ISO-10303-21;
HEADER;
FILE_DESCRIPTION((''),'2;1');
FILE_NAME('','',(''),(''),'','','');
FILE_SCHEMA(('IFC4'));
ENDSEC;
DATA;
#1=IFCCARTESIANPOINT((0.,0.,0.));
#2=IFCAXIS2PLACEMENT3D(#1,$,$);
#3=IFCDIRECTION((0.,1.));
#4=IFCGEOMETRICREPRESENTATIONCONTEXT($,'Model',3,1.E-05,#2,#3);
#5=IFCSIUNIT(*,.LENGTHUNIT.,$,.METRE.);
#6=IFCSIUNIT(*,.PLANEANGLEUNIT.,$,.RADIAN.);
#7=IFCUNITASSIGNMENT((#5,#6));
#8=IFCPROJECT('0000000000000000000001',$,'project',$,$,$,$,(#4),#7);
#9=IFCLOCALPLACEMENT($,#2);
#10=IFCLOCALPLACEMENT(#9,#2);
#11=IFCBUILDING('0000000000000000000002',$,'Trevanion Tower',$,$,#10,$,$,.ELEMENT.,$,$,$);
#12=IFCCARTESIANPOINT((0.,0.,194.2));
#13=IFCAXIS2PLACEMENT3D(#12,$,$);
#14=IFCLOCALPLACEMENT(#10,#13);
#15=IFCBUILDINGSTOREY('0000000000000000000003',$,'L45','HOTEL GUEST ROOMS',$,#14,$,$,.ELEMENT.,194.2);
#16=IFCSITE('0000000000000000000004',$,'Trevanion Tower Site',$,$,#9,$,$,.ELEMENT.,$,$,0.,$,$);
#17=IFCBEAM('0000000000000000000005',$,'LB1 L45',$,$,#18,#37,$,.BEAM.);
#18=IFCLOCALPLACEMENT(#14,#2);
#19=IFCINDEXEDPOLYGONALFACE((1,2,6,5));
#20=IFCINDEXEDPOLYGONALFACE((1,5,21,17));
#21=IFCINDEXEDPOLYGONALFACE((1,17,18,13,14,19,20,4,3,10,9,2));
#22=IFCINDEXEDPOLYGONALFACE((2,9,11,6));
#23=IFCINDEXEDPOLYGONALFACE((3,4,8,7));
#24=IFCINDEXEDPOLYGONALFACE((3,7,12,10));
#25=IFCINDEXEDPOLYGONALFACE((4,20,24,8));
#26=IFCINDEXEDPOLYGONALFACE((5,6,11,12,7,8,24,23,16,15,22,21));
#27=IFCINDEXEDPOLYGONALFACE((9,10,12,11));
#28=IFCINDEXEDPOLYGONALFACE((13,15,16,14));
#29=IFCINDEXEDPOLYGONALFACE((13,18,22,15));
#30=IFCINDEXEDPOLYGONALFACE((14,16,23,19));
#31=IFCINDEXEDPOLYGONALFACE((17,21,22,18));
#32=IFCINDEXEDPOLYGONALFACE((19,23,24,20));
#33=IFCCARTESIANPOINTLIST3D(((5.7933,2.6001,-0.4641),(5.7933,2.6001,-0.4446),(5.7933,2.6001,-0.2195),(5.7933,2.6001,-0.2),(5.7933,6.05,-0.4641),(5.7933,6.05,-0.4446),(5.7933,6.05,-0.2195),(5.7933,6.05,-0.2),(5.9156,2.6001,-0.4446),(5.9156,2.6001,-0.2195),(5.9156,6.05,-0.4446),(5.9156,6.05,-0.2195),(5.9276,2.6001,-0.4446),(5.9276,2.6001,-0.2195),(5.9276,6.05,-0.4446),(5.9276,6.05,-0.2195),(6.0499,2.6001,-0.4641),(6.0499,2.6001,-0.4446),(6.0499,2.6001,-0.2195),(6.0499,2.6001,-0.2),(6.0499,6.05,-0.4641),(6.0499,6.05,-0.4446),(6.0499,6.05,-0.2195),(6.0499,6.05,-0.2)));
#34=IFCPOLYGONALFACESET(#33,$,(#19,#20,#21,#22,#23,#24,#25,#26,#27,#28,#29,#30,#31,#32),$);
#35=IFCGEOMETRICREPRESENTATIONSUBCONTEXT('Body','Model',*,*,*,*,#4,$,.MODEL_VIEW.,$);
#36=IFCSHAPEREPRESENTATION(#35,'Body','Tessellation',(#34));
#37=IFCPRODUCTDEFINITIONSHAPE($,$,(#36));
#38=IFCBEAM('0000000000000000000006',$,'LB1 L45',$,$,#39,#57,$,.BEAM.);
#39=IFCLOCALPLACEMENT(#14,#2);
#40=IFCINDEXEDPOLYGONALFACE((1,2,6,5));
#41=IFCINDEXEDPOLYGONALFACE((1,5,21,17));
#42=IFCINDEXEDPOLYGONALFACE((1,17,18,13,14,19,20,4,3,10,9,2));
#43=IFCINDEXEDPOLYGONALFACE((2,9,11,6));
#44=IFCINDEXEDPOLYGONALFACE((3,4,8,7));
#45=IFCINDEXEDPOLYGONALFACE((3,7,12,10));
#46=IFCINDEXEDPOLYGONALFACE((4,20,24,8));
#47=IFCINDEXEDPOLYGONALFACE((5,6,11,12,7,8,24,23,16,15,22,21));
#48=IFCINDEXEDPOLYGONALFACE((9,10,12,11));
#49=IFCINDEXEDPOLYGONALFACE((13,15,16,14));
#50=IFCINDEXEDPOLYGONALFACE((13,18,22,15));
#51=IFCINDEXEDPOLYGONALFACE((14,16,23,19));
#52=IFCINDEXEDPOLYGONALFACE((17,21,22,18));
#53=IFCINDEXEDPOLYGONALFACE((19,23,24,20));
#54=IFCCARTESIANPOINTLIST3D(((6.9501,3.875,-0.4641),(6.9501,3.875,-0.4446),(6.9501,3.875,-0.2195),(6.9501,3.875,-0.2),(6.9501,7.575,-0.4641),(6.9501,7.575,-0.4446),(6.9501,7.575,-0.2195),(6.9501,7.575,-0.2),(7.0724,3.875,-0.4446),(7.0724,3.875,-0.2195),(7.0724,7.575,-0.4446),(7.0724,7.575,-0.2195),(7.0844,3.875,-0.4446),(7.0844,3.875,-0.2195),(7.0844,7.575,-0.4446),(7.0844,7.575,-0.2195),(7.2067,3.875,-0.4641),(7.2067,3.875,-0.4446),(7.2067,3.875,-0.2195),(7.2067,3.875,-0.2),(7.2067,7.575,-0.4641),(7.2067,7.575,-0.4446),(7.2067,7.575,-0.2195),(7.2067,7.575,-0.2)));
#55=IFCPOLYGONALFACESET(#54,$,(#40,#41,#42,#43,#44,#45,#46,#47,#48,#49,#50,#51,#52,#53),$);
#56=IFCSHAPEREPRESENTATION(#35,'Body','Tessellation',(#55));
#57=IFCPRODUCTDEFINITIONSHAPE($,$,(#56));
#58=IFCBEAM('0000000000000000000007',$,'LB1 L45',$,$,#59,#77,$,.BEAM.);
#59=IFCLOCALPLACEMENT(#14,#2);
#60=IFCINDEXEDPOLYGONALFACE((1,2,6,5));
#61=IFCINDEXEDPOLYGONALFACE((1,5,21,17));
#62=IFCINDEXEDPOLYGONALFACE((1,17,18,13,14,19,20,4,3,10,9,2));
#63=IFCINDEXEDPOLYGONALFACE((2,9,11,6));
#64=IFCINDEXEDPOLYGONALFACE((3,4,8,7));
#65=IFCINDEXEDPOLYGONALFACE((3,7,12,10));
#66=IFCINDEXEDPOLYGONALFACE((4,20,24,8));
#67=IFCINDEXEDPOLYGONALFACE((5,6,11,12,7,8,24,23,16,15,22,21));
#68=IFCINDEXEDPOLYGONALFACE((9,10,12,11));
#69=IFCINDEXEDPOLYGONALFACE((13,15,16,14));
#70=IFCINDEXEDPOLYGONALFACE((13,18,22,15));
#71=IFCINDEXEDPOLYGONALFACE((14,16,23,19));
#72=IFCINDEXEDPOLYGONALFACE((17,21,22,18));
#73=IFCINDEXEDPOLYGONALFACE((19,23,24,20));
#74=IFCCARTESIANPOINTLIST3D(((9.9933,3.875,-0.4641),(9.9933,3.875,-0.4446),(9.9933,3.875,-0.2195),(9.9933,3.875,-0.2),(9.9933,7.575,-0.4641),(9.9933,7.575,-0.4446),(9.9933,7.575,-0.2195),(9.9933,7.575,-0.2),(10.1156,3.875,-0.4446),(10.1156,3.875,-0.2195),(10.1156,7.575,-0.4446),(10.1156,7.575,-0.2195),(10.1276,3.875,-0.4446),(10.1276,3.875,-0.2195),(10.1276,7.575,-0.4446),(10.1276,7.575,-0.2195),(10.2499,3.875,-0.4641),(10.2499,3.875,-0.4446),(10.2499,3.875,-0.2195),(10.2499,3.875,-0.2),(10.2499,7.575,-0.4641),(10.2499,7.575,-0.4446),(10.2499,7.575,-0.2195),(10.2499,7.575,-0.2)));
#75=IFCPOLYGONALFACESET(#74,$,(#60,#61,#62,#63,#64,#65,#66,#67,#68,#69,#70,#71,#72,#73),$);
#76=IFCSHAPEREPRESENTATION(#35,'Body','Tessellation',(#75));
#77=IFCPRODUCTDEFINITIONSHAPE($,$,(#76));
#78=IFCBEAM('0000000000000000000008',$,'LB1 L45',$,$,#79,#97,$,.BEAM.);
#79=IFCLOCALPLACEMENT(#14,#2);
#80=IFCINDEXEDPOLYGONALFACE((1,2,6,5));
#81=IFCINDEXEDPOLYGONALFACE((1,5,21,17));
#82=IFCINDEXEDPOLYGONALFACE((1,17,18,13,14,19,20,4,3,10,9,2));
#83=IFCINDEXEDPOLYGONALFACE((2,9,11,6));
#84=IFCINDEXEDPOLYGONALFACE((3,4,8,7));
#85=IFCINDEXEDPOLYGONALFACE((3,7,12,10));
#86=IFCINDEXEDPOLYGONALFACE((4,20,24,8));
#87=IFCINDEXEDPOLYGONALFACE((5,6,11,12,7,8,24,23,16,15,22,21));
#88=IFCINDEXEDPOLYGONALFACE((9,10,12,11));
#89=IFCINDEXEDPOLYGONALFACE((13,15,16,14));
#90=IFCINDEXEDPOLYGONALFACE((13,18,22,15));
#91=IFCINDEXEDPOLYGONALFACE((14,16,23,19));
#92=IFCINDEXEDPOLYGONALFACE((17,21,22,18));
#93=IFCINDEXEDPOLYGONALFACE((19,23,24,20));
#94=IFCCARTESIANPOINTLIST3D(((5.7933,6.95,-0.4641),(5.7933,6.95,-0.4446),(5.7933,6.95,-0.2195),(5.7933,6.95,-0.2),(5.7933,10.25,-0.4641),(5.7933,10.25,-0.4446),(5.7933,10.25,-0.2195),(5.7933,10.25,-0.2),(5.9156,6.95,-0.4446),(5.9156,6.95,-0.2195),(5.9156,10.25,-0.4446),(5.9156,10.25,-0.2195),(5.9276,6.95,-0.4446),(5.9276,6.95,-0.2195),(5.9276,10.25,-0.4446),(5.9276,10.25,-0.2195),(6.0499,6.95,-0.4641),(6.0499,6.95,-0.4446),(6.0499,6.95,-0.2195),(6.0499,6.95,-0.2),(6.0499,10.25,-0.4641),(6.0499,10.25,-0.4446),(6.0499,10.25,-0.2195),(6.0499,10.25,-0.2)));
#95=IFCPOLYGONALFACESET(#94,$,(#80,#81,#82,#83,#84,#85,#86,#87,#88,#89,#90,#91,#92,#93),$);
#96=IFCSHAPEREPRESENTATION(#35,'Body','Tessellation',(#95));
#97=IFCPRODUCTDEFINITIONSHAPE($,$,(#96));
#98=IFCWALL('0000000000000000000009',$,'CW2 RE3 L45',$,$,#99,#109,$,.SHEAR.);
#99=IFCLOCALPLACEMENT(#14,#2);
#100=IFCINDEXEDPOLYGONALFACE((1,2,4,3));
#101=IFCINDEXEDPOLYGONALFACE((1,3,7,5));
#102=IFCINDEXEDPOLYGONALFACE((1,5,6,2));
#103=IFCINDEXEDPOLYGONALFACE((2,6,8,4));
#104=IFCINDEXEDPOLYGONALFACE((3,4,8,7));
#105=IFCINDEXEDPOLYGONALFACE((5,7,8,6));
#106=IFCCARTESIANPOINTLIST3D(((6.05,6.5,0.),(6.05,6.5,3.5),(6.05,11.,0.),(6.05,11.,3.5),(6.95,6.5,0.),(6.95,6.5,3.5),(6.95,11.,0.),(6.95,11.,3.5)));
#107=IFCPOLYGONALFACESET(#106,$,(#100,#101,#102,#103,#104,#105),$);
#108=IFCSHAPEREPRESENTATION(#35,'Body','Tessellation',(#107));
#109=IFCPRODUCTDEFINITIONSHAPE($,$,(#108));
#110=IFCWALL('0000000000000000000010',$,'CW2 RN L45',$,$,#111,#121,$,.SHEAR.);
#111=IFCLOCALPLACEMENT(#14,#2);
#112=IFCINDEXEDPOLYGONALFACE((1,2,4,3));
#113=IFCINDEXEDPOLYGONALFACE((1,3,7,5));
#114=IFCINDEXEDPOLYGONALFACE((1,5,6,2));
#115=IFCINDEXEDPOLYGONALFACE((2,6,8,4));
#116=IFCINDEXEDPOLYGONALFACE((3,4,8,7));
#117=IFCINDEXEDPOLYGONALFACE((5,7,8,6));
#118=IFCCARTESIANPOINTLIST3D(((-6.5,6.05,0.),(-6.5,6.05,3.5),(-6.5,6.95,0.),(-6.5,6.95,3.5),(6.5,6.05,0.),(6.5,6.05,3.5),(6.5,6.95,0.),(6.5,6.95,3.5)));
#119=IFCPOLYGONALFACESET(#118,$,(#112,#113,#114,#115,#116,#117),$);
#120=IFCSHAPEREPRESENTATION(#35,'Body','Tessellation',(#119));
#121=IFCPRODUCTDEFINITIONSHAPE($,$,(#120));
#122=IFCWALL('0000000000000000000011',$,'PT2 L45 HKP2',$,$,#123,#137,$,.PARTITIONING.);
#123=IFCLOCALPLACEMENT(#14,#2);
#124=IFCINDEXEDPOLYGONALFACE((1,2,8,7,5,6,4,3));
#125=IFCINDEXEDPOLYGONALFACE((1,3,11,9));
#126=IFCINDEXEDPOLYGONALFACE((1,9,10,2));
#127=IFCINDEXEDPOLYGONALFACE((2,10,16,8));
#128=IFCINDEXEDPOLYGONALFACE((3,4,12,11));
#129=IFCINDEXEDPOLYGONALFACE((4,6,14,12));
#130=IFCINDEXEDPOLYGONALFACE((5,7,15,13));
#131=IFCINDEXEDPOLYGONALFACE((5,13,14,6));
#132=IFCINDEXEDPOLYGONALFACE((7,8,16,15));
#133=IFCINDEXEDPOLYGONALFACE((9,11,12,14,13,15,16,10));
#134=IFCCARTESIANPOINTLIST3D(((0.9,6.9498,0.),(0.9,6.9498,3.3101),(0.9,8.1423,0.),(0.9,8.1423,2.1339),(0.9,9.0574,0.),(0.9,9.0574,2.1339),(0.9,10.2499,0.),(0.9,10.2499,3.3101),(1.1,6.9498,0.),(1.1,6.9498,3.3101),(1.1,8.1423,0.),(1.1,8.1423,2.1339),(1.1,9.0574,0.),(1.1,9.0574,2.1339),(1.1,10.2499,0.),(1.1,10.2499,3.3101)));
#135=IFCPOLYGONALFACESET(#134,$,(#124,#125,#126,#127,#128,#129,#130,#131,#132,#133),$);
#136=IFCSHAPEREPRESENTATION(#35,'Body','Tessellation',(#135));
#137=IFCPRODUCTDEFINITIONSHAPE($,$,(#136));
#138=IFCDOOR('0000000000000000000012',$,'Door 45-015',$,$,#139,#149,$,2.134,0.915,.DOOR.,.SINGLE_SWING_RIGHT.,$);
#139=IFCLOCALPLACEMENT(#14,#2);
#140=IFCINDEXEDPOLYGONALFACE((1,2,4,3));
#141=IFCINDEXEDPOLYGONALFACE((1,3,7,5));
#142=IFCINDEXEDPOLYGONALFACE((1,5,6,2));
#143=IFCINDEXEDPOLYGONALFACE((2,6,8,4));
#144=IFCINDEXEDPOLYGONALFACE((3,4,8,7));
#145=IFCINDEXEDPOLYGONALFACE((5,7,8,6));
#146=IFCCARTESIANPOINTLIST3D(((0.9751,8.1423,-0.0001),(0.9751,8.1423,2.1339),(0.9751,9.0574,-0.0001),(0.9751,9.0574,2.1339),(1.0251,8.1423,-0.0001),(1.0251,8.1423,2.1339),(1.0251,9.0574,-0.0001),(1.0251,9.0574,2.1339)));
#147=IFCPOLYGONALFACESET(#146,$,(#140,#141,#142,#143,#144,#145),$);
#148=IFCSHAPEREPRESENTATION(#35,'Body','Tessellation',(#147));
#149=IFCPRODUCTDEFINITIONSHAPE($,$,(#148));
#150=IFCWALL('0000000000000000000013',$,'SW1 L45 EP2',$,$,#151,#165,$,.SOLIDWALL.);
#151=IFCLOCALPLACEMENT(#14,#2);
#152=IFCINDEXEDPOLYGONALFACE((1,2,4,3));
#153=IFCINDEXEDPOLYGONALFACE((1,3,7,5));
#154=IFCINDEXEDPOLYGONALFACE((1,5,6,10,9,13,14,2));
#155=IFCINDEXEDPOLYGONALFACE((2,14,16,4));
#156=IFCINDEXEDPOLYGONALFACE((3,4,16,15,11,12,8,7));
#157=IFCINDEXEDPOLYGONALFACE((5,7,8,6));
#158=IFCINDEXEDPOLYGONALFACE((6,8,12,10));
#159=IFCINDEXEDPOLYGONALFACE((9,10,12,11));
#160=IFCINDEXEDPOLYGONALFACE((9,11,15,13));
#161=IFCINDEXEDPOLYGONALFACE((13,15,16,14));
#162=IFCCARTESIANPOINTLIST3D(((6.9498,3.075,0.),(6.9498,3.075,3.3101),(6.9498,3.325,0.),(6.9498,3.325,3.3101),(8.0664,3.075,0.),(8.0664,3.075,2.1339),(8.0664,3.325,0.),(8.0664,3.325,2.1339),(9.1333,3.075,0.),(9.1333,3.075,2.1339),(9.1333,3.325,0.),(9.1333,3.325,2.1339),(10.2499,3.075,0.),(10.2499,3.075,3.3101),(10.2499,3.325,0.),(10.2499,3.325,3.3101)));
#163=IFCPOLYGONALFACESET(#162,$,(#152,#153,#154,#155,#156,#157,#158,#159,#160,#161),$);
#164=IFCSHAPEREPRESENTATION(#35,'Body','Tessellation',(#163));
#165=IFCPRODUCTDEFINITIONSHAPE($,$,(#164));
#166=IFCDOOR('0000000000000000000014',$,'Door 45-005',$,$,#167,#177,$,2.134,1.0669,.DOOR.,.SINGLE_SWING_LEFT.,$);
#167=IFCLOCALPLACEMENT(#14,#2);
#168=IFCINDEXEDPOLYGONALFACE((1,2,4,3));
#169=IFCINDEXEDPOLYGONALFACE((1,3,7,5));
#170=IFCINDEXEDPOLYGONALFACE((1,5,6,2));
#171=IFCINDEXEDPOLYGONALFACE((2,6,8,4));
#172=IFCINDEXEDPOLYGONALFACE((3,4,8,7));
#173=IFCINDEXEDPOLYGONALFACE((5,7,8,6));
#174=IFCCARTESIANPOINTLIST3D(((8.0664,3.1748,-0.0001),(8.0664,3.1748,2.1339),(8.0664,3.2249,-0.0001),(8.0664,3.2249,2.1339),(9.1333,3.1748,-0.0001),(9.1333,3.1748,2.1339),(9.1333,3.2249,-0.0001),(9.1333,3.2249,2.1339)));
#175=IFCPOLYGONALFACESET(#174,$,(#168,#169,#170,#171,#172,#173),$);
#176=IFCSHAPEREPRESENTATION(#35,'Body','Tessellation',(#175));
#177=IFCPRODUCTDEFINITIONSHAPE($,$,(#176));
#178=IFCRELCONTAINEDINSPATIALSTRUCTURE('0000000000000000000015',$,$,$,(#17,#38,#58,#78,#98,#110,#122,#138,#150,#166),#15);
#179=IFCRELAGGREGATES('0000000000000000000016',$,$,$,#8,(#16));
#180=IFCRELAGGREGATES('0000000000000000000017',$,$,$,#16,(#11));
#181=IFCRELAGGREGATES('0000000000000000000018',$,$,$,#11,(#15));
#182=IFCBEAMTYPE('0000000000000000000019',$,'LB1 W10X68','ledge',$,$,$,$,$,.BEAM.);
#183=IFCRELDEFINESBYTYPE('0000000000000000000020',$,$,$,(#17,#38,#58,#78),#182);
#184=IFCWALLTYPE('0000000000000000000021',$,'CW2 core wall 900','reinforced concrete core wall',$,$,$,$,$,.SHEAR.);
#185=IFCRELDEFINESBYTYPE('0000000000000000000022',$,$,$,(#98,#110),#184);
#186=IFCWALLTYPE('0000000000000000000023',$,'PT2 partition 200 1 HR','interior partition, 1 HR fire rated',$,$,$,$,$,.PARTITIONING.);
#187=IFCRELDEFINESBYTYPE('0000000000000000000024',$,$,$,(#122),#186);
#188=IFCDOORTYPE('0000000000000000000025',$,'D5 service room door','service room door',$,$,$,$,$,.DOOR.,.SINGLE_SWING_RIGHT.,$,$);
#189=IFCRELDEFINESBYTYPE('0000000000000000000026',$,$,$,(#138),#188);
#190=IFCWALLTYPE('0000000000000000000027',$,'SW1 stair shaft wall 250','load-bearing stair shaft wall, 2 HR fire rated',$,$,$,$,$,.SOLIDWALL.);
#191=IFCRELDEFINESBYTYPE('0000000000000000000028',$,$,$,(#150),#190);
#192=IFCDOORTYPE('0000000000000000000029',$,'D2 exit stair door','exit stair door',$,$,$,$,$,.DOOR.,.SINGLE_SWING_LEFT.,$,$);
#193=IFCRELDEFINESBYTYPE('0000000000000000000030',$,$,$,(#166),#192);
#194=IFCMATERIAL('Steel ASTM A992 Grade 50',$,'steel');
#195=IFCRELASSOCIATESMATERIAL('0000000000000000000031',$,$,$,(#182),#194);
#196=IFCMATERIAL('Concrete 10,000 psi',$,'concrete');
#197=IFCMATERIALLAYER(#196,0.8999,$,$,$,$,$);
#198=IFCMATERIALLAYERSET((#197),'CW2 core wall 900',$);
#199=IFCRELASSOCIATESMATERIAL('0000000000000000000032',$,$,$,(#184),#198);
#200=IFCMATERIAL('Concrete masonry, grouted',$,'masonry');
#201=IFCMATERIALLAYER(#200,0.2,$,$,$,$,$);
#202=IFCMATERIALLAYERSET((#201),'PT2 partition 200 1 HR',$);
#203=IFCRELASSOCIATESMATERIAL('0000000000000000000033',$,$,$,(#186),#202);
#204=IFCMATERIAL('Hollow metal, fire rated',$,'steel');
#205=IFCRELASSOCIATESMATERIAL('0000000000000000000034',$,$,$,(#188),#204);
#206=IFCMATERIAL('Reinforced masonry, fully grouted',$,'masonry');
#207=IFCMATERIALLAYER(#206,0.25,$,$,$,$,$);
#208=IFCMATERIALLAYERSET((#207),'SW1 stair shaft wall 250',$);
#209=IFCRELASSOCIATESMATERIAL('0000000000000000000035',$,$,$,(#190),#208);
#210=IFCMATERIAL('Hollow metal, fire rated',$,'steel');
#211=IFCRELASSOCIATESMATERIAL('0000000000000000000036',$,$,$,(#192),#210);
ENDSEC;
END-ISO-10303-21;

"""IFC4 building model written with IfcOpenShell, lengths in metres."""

from ifc_helpers import new_model, si_unit, direction, frame, frame_2d, origin, origin_2d, place, context, subcontext, project, spatial, rectangle, i_section, extrude, material, layer, layer_set, material_profile, profile_set, type_object, element, fill, save


model = new_model("IFC4")

# Units and contexts
model_context = context("Model", 3, precision=1e-05, world=origin(), true_north=direction((0.0, 1.0)))
body_context = subcontext(model_context, "Body", "Model", "MODEL_VIEW")
ifc_project = project(units=[si_unit("LENGTHUNIT", "METRE"), si_unit("PLANEANGLEUNIT", "RADIAN")], contexts=[model_context])

# Site, building, storey
site_placement = place(None, origin())
site = spatial("IfcSite", under=ifc_project, at=site_placement, Name="Trevanion Tower Site", CompositionType="ELEMENT", RefElevation=0.0)
building_placement = place(site_placement, origin())
building = spatial("IfcBuilding", under=site, at=building_placement, Name="Trevanion Tower", CompositionType="ELEMENT")
storey_placement = place(building_placement, frame((0.0, 0.0, 194.2)))
storey = spatial("IfcBuildingStorey", under=building, at=storey_placement, Name="L45", Description="HOTEL GUEST ROOMS", CompositionType="ELEMENT", Elevation=194.2)

# Beams
ifc_material_1 = material(Name="Steel ASTM A992 Grade 50", Category="steel")
ifc_material_profile = material_profile(ifc_material_1, i_section(OverallWidth=0.2566, OverallDepth=0.2642, WebThickness=0.012, FlangeThickness=0.0195, at=origin_2d()), Name="W10X68")
ifc_profile_set = profile_set([ifc_material_profile], Name="Steel ASTM A992 Grade 50")
beam_type = type_object("IfcBeamType", Name="LB1 W10X68", Description="ledge", PredefinedType="BEAM", material=ifc_profile_set)
beam_1_placement = place(storey_placement, frame((5.9216, 2.6001, -0.332), z_axis=(0.0, 1.0, 0.0), x_axis=(-1.0, 0.0, 0.0)))
element("IfcBeam", 1, at=beam_1_placement, inside=storey, type_object=beam_type, Name="LB1 L45", PredefinedType="BEAM", context=body_context, shape_type="SweptSolid", body=[
    extrude(i_section(OverallWidth=0.2566, OverallDepth=0.2642, WebThickness=0.012, FlangeThickness=0.0195, at=origin_2d()), origin(), (0.0, 0.0, 1.0), 3.45),
])
for number, where, z_axis, x_axis, name in (
    (2, (7.0784, 3.875, -0.332), (0.0, 1.0, 0.0), (-1.0, 0.0, 0.0), "LB1 L45"),
    (3, (10.1216, 3.875, -0.332), (0.0, 1.0, 0.0), (-1.0, 0.0, 0.0), "LB1 L45"),
):
    element("IfcBeam", number, at=place(storey_placement, frame(where, z_axis=z_axis, x_axis=x_axis)), inside=storey, type_object=beam_type, Name=name, PredefinedType="BEAM", context=body_context, shape_type="SweptSolid", body=[
        extrude(i_section(OverallWidth=0.2566, OverallDepth=0.2642, WebThickness=0.012, FlangeThickness=0.0195, at=origin_2d()), origin(), (0.0, 0.0, 1.0), 3.7),
    ])
beam_2_placement = place(storey_placement, frame((5.9216, 6.95, -0.332), z_axis=(0.0, 1.0, 0.0), x_axis=(-1.0, 0.0, 0.0)))
element("IfcBeam", 4, at=beam_2_placement, inside=storey, type_object=beam_type, Name="LB1 L45", PredefinedType="BEAM", context=body_context, shape_type="SweptSolid", body=[
    extrude(i_section(OverallWidth=0.2566, OverallDepth=0.2642, WebThickness=0.012, FlangeThickness=0.0195, at=origin_2d()), origin(), (0.0, 0.0, 1.0), 3.3),
])

# Walls
ifc_material_2 = material(Name="Concrete 10,000 psi", Category="concrete")
ifc_layer_1 = layer(ifc_material_2, 0.8999)
ifc_layer_set_1 = layer_set([ifc_layer_1], Name="CW2 core wall 900")
wall_type_1 = type_object("IfcWallType", Name="CW2 core wall 900", Description="reinforced concrete core wall", PredefinedType="SHEAR", material=ifc_layer_set_1)
wall_1_placement = place(storey_placement, frame((6.5, 6.5, 0.0), z_axis=(0.0, 0.0, 1.0), x_axis=(0.0, 1.0, 0.0)))
element("IfcWall", 5, at=wall_1_placement, inside=storey, type_object=wall_type_1, Name="CW2 RE3 L45", PredefinedType="SHEAR", context=body_context, shape_type="SweptSolid", body=[
    extrude(rectangle(XDim=4.5, YDim=0.8999, at=frame_2d((2.25, 0.0))), origin(), (0.0, 0.0, 1.0), 3.5),
])
wall_2_placement = place(storey_placement, frame((6.5, 6.5, 0.0), z_axis=(0.0, 0.0, 1.0), x_axis=(-1.0, 0.0, 0.0)))
element("IfcWall", 6, at=wall_2_placement, inside=storey, type_object=wall_type_1, Name="CW2 RN L45", PredefinedType="SHEAR", context=body_context, shape_type="SweptSolid", body=[
    extrude(rectangle(XDim=13.0, YDim=0.8999, at=frame_2d((6.5, 0.0))), origin(), (0.0, 0.0, 1.0), 3.5),
])

# Walls, openings, doors
ifc_material_3 = material(Name="Concrete masonry, grouted", Category="masonry")
ifc_layer_2 = layer(ifc_material_3, 0.2)
ifc_layer_set_2 = layer_set([ifc_layer_2], Name="PT2 partition 200 1 HR")
wall_type_2 = type_object("IfcWallType", Name="PT2 partition 200 1 HR", Description="interior partition, 1 HR fire rated", PredefinedType="PARTITIONING", material=ifc_layer_set_2)
wall_3_placement = place(storey_placement, frame((1.0, 6.95, 0.0), z_axis=(0.0, 0.0, 1.0), x_axis=(0.0, 1.0, 0.0)))
wall_3 = element("IfcWall", 7, at=wall_3_placement, inside=storey, type_object=wall_type_2, Name="PT2 L45 HKP2", PredefinedType="PARTITIONING", context=body_context, shape_type="SweptSolid", body=[
    extrude(rectangle(XDim=3.3, YDim=0.2, at=frame_2d((1.6499, 0.0))), origin(), (0.0, 0.0, 1.0), 3.3101),
])
opening_1_placement = place(wall_3_placement, frame((1.1924, 0.0, 0.0)))
opening_1 = element("IfcOpeningElement", 8, at=opening_1_placement, cuts=wall_3, PredefinedType="OPENING", context=body_context, shape_type="SweptSolid", body=[
    extrude(rectangle(XDim=0.915, YDim=2.134, at=frame_2d((0.4575, 1.0669))), frame((0.0, 0.1099, 0.0), z_axis=(0.0, -1.0, 0.0), x_axis=(1.0, 0.0, 0.0)), (0.0, 0.0, 1.0), 0.22),
])
ifc_material_4 = material(Name="Hollow metal, fire rated", Category="steel")
door_type_1 = type_object("IfcDoorType", Name="D5 service room door", Description="service room door", OperationType="SINGLE_SWING_RIGHT", PredefinedType="DOOR", material=ifc_material_4)
door_1_placement = place(opening_1_placement, origin())
door_1 = element("IfcDoor", 9, at=door_1_placement, inside=storey, type_object=door_type_1, Name="Door 45-015", OperationType="SINGLE_SWING_RIGHT", OverallHeight=2.134, OverallWidth=0.915, PredefinedType="DOOR", context=body_context, shape_type="SweptSolid", body=[
    extrude(rectangle(XDim=0.915, YDim=2.134, at=frame_2d((0.4575, 1.0669))), frame((0.0, 0.0249, 0.0), z_axis=(0.0, -1.0, 0.0), x_axis=(1.0, 0.0, 0.0)), (0.0, 0.0, 1.0), 0.05),
])
fill(opening_1, door_1)
ifc_material_5 = material(Name="Reinforced masonry, fully grouted", Category="masonry")
ifc_layer_3 = layer(ifc_material_5, 0.25)
ifc_layer_set_3 = layer_set([ifc_layer_3], Name="SW1 stair shaft wall 250")
wall_type_3 = type_object("IfcWallType", Name="SW1 stair shaft wall 250", Description="load-bearing stair shaft wall, 2 HR fire rated", PredefinedType="SOLIDWALL", material=ifc_layer_set_3)
wall_4_placement = place(storey_placement, frame((6.95, 3.2, 0.0), z_axis=(0.0, 0.0, 1.0), x_axis=(1.0, 0.0, 0.0)))
wall_4 = element("IfcWall", 10, at=wall_4_placement, inside=storey, type_object=wall_type_3, Name="SW1 L45 EP2", PredefinedType="SOLIDWALL", context=body_context, shape_type="SweptSolid", body=[
    extrude(rectangle(XDim=3.3, YDim=0.25, at=frame_2d((1.6499, 0.0))), origin(), (0.0, 0.0, 1.0), 3.3101),
])
opening_2_placement = place(wall_4_placement, frame((1.1165, 0.0, 0.0)))
opening_2 = element("IfcOpeningElement", 11, at=opening_2_placement, cuts=wall_4, PredefinedType="OPENING", context=body_context, shape_type="SweptSolid", body=[
    extrude(rectangle(XDim=1.0669, YDim=2.134, at=frame_2d((0.5334, 1.0669))), frame((0.0, 0.135, 0.0), z_axis=(0.0, -1.0, 0.0), x_axis=(1.0, 0.0, 0.0)), (0.0, 0.0, 1.0), 0.27),
])
ifc_material_6 = material(Name="Hollow metal, fire rated", Category="steel")
door_type_2 = type_object("IfcDoorType", Name="D2 exit stair door", Description="exit stair door", OperationType="SINGLE_SWING_LEFT", PredefinedType="DOOR", material=ifc_material_6)
door_2_placement = place(opening_2_placement, origin())
door_2 = element("IfcDoor", 12, at=door_2_placement, inside=storey, type_object=door_type_2, Name="Door 45-005", OperationType="SINGLE_SWING_LEFT", OverallHeight=2.134, OverallWidth=1.0669, PredefinedType="DOOR", context=body_context, shape_type="SweptSolid", body=[
    extrude(rectangle(XDim=1.0669, YDim=2.134, at=frame_2d((0.5334, 1.0669))), frame((0.0, 0.0249, 0.0), z_axis=(0.0, -1.0, 0.0), x_axis=(1.0, 0.0, 0.0)), (0.0, 0.0, 1.0), 0.05),
])
fill(opening_2, door_2)

save(model, "model.ifc")
